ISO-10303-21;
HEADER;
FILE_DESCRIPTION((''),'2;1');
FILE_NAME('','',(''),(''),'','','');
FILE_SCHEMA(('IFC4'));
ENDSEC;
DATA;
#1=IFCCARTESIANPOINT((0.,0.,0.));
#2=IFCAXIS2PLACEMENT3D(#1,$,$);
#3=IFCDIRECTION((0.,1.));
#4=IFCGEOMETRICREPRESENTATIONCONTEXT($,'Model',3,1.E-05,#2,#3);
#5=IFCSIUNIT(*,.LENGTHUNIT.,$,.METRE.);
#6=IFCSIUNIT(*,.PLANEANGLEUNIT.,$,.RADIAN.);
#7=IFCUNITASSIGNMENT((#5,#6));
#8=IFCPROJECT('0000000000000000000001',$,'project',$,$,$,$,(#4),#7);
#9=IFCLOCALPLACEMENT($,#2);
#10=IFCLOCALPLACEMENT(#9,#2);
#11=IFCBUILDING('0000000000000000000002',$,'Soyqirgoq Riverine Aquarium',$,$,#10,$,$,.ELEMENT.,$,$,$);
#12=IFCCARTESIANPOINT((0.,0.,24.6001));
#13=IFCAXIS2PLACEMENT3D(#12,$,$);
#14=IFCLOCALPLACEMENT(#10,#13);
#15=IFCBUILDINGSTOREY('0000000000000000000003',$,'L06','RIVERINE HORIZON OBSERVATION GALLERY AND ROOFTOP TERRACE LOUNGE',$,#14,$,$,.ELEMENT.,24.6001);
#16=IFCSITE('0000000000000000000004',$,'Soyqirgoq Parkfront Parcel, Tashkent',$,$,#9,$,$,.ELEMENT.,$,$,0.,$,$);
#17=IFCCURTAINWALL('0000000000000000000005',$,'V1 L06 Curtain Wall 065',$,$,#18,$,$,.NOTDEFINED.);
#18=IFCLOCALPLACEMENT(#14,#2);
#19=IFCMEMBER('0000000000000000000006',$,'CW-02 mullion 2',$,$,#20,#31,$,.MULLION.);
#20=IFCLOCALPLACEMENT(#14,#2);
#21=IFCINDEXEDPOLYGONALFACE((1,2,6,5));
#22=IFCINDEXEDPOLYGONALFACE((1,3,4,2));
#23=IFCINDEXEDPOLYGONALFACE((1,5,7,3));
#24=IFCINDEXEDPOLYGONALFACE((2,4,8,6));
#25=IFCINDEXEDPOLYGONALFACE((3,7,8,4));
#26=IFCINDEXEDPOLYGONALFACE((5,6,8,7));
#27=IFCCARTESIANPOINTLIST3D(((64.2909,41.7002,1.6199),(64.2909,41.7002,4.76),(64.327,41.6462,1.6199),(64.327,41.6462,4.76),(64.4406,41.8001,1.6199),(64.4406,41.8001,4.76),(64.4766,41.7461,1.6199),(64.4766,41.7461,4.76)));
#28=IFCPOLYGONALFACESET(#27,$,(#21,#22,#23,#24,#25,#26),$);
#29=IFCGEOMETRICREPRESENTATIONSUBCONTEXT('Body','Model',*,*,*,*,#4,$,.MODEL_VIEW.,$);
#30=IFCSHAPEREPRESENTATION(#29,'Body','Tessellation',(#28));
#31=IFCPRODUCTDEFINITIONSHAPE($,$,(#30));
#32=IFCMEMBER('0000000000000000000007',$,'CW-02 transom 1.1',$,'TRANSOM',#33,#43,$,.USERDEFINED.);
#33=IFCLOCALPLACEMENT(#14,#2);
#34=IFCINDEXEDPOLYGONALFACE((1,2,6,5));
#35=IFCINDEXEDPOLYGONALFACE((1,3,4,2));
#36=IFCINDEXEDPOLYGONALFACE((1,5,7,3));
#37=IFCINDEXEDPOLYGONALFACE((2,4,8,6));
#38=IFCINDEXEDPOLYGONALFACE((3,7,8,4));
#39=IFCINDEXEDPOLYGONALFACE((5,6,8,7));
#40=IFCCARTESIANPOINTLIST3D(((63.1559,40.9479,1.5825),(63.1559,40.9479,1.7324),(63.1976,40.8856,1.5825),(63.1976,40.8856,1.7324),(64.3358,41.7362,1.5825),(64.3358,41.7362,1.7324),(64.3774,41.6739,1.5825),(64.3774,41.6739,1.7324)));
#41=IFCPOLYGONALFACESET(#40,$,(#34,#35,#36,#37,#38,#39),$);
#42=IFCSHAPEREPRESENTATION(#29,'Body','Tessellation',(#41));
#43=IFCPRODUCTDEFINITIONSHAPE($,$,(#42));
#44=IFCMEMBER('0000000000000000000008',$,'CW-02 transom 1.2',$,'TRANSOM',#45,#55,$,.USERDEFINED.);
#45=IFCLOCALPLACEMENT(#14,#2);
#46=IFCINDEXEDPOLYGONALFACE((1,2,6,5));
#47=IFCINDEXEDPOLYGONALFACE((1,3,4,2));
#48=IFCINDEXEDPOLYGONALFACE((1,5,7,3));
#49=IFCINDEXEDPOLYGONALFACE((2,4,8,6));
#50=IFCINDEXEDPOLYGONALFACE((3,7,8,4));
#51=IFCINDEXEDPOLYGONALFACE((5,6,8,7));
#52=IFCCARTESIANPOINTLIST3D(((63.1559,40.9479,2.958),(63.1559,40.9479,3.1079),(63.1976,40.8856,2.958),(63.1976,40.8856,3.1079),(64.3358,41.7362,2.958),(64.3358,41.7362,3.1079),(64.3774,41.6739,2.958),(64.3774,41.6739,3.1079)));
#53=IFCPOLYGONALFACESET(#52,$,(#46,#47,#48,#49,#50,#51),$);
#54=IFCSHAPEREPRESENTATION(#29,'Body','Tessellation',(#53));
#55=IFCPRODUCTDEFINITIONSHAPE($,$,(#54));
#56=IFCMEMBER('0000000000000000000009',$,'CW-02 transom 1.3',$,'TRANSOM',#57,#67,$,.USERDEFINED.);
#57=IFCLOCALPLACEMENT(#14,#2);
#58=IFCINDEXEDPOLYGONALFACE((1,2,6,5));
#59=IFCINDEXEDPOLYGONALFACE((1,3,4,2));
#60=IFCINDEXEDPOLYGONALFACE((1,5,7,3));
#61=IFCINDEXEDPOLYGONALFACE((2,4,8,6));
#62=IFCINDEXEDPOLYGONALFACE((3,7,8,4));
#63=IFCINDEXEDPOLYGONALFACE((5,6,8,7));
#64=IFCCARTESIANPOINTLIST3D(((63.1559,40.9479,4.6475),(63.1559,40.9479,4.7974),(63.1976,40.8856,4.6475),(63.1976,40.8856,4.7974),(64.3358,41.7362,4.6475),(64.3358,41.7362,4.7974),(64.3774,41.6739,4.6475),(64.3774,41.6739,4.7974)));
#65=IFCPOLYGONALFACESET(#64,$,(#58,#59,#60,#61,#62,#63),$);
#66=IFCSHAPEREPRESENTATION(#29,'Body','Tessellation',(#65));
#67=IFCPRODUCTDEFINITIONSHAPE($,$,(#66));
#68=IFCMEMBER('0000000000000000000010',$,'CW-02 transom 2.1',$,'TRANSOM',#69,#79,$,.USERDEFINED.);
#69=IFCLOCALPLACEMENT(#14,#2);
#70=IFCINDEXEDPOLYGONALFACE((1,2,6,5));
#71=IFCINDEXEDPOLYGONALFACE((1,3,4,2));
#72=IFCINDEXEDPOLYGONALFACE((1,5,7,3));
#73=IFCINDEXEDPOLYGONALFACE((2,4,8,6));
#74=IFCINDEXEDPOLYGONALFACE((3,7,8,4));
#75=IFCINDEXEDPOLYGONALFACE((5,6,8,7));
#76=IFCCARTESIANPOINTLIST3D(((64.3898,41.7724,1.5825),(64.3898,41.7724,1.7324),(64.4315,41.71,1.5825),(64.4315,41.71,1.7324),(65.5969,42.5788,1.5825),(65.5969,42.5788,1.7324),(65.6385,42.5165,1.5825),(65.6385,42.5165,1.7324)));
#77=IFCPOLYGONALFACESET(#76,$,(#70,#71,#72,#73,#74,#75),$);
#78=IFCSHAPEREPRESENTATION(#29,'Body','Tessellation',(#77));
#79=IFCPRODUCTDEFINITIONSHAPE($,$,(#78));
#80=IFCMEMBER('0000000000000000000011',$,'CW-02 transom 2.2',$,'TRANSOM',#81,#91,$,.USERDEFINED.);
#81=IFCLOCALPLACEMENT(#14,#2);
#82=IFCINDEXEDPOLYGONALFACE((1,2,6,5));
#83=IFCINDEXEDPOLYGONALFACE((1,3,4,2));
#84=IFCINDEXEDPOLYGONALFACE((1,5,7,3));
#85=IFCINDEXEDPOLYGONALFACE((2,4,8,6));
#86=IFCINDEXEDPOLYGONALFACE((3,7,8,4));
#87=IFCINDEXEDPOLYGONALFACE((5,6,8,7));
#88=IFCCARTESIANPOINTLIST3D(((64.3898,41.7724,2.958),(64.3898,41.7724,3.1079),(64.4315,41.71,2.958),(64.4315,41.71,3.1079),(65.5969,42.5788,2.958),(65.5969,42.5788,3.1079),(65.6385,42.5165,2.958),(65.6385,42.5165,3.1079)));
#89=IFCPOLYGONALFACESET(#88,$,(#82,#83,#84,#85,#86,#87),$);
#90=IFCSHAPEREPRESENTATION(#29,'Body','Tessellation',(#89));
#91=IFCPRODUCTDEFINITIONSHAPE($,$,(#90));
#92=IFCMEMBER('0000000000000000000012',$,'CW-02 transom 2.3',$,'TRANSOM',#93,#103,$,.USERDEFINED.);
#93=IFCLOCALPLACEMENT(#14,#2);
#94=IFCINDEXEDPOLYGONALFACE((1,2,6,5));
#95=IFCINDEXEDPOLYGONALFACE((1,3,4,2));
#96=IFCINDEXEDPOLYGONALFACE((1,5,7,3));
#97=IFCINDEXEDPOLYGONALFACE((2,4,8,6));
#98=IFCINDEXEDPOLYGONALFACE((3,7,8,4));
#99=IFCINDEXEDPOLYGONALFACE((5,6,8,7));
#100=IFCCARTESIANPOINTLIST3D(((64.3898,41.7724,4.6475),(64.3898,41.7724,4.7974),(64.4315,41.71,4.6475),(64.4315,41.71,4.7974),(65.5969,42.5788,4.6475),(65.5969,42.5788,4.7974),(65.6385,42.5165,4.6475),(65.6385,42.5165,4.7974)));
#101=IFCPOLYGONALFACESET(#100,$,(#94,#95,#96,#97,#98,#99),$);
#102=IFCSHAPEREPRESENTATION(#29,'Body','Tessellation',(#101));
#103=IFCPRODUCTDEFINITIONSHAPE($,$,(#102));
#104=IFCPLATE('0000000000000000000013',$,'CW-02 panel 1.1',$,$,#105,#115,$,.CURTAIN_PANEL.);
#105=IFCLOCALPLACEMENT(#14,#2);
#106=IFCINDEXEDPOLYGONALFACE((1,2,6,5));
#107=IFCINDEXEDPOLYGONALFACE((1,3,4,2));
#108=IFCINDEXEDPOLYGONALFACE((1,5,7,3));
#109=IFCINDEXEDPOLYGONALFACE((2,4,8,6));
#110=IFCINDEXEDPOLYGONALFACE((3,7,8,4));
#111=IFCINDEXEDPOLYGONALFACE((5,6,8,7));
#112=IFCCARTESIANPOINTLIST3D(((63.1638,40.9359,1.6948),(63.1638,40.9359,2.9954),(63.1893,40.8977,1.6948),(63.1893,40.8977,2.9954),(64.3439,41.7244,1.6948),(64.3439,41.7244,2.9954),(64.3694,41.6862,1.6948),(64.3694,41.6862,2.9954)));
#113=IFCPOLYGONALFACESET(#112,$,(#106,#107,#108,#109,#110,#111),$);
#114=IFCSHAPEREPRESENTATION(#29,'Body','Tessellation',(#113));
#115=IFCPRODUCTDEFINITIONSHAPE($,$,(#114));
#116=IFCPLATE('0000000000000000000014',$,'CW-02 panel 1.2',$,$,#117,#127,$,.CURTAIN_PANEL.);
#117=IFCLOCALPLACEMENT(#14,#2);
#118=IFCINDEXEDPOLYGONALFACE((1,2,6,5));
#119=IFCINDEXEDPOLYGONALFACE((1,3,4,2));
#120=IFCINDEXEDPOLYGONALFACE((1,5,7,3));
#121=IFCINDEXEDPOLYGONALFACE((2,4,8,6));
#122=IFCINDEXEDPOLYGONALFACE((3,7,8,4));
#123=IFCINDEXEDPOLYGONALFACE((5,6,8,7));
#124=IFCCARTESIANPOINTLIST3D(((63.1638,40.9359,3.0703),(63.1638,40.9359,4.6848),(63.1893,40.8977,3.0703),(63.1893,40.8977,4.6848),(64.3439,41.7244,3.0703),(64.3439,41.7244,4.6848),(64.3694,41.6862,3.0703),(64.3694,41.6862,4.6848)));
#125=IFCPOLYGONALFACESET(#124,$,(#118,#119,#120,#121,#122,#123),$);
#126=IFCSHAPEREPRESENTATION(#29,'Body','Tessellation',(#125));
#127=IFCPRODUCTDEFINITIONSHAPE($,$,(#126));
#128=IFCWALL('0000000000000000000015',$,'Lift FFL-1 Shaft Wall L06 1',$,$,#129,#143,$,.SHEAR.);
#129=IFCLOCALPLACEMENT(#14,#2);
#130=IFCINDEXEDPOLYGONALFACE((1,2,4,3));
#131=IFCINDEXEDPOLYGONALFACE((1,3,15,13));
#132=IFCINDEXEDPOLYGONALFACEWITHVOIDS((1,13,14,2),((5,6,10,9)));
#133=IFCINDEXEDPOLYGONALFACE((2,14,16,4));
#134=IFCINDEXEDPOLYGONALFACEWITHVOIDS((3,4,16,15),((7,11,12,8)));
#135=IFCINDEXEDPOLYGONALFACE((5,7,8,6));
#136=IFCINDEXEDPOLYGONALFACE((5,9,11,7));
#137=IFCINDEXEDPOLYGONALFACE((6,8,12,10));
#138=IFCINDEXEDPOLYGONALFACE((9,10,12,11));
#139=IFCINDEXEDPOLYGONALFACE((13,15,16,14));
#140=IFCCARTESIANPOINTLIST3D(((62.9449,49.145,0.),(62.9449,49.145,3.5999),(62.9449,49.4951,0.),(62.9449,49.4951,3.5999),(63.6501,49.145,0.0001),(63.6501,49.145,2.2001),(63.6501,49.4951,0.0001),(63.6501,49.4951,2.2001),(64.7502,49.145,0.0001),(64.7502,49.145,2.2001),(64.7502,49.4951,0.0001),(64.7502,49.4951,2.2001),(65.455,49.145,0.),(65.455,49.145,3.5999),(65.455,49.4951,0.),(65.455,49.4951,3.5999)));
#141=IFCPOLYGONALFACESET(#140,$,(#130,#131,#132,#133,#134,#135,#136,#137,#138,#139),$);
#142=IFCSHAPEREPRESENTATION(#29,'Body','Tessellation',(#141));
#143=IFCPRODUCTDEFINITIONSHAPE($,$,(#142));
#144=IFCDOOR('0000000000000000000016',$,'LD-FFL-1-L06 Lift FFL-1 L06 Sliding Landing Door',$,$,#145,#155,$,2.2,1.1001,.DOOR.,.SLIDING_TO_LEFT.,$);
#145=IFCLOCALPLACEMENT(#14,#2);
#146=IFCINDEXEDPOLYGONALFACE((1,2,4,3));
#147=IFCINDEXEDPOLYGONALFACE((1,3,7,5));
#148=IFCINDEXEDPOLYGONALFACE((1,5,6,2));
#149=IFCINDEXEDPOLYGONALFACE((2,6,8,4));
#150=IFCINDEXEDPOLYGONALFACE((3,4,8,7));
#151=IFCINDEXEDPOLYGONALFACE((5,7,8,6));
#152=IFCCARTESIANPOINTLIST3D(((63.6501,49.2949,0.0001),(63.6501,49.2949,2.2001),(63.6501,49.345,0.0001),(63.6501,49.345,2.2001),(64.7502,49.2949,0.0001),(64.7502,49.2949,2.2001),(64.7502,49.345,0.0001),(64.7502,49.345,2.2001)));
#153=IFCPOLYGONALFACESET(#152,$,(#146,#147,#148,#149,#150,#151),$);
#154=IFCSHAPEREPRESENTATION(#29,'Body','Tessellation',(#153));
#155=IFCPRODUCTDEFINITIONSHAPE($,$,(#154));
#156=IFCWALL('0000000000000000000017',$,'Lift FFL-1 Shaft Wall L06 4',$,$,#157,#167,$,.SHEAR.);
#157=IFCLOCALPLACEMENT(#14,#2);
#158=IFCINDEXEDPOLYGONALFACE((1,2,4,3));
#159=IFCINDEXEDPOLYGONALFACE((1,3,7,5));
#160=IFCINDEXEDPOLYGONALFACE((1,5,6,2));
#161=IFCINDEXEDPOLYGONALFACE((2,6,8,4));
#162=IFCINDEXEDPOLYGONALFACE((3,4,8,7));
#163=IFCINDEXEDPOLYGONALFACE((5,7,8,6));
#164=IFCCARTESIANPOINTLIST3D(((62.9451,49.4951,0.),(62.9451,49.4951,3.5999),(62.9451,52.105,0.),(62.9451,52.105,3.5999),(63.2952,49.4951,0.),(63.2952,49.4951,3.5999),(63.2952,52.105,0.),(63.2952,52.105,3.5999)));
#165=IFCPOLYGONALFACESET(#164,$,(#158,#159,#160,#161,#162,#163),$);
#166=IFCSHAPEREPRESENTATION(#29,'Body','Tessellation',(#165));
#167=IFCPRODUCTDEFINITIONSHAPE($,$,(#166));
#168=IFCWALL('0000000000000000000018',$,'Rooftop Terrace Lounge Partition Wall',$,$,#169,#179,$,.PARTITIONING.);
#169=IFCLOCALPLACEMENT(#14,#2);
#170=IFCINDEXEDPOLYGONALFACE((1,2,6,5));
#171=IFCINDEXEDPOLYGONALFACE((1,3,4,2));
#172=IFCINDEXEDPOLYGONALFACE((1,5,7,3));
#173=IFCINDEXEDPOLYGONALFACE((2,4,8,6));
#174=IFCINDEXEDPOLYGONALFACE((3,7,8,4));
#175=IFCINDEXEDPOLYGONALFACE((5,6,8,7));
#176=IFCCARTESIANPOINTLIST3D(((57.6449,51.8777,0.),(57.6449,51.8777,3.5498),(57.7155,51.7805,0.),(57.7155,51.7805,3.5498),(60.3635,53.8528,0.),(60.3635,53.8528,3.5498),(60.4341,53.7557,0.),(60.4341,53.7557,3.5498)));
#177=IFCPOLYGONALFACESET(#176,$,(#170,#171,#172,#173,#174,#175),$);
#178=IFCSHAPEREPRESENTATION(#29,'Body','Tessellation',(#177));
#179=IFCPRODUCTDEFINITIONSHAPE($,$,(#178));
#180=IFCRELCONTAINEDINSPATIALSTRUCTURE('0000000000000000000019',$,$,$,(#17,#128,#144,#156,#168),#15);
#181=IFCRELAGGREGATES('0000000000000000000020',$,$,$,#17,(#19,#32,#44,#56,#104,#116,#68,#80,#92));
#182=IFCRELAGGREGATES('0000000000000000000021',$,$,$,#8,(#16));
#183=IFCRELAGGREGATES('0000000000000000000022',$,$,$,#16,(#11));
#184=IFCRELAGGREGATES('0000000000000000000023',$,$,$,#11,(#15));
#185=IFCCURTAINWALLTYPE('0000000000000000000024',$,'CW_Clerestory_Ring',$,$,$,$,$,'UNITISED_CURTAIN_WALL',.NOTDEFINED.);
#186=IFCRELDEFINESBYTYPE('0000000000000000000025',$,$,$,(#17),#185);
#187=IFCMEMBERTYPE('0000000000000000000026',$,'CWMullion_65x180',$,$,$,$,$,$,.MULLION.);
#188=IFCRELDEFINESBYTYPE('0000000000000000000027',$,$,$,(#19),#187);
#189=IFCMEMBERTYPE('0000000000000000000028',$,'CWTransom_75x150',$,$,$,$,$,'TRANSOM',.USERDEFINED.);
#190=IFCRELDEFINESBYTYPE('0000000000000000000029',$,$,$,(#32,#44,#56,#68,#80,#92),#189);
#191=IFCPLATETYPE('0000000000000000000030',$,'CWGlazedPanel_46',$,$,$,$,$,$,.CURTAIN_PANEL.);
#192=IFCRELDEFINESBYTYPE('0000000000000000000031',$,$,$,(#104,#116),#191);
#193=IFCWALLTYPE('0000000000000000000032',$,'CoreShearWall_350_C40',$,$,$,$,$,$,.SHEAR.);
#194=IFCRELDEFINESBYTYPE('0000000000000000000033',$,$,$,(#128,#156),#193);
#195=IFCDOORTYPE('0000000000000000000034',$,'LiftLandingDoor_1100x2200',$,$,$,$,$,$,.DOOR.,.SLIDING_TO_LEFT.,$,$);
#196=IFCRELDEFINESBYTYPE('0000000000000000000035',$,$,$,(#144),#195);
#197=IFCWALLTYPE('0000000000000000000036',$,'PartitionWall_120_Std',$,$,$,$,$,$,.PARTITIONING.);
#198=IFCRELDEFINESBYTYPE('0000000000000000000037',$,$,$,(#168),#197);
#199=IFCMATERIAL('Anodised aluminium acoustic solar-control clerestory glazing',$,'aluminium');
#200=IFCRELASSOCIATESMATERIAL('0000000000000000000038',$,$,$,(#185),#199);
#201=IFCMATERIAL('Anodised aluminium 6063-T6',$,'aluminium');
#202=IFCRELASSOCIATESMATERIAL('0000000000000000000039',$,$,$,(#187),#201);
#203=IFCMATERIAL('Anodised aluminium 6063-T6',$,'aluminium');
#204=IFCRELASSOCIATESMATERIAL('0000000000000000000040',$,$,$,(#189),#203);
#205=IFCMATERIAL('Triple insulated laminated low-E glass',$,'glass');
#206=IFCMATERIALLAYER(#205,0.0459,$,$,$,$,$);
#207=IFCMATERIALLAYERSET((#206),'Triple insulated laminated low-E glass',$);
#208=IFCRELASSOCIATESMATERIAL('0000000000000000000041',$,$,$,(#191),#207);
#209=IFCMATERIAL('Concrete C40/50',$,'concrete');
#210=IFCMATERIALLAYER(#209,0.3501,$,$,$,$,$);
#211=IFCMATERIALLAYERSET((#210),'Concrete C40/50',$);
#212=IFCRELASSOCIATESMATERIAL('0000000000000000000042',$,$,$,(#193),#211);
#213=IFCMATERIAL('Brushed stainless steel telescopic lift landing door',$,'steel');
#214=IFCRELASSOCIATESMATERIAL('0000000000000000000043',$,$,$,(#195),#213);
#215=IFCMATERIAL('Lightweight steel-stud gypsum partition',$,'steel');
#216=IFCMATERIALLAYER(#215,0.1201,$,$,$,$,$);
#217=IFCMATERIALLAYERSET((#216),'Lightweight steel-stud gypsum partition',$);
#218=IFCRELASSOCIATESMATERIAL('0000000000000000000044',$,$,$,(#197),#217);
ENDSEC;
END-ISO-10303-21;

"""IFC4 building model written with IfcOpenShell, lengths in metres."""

from ifc_helpers import new_model, si_unit, direction, frame, frame_2d, origin, origin_2d, place, context, subcontext, project, spatial, rectangle, extrude, material, layer, layer_set, material_profile, profile_set, type_object, element, fill, aggregate, save


model = new_model("IFC4")

# Units and contexts
model_context = context("Model", 3, precision=1e-05, world=origin(), true_north=direction((0.0, 1.0)))
body_context = subcontext(model_context, "Body", "Model", "MODEL_VIEW")
ifc_project = project(units=[si_unit("LENGTHUNIT", "METRE"), si_unit("PLANEANGLEUNIT", "RADIAN")], contexts=[model_context])

# Site, building, storey
site_placement = place(None, origin())
site = spatial("IfcSite", under=ifc_project, at=site_placement, Name="Soyqirgoq Parkfront Parcel, Tashkent", CompositionType="ELEMENT", RefElevation=0.0)
building_placement = place(site_placement, origin())
building = spatial("IfcBuilding", under=site, at=building_placement, Name="Soyqirgoq Riverine Aquarium", CompositionType="ELEMENT")
storey_placement = place(building_placement, frame((0.0, 0.0, 24.6001)))
storey = spatial("IfcBuildingStorey", under=building, at=storey_placement, Name="L06", Description="RIVERINE HORIZON OBSERVATION GALLERY AND ROOFTOP TERRACE LOUNGE", CompositionType="ELEMENT", Elevation=24.6001)

# Curtain wall, members, plates
ifc_material_1 = material(Name="Anodised aluminium acoustic solar-control clerestory glazing", Category="aluminium")
curtain_wall_type = type_object("IfcCurtainWallType", Name="CW_Clerestory_Ring", ElementType="UNITISED_CURTAIN_WALL", PredefinedType="NOTDEFINED", material=ifc_material_1)
curtain_wall_placement = place(storey_placement, origin())
curtain_wall = element("IfcCurtainWall", 1, at=curtain_wall_placement, inside=storey, type_object=curtain_wall_type, Name="V1 L06 Curtain Wall 065", PredefinedType="NOTDEFINED")
ifc_material_2 = material(Name="Anodised aluminium 6063-T6", Category="aluminium")
ifc_material_profile_1 = material_profile(ifc_material_2, rectangle(XDim=0.0649, YDim=0.1799, at=origin_2d()), Name="ALU-M 65x180")
ifc_profile_set_1 = profile_set([ifc_material_profile_1], Name="Anodised aluminium 6063-T6")
member_type_1 = type_object("IfcMemberType", Name="CWMullion_65x180", PredefinedType="MULLION", material=ifc_profile_set_1)
member_1_placement = place(storey_placement, frame((64.3838, 41.7231, 1.6199), z_axis=(0.0, 0.0, 1.0), x_axis=(-0.555579, 0.831464, 0.0)))
member_1 = element("IfcMember", 2, at=member_1_placement, type_object=member_type_1, Name="CW-02 mullion 2", PredefinedType="MULLION", context=body_context, shape_type="SweptSolid", body=[
    extrude(rectangle(XDim=0.0649, YDim=0.1799, at=origin_2d()), origin(), (0.0, 0.0, 1.0), 3.1401),
])
ifc_material_3 = material(Name="Anodised aluminium 6063-T6", Category="aluminium")
ifc_material_profile_2 = material_profile(ifc_material_3, rectangle(XDim=0.075, YDim=0.1499, at=origin_2d()), Name="ALU-T 75x150")
ifc_profile_set_2 = profile_set([ifc_material_profile_2], Name="Anodised aluminium 6063-T6")
member_type_2 = type_object("IfcMemberType", Name="CWTransom_75x150", ElementType="TRANSOM", PredefinedType="USERDEFINED", material=ifc_profile_set_2)
member_2_placement = place(storey_placement, frame((63.1768, 40.9167, 1.6575), z_axis=(0.831494, 0.555534, 0.0), x_axis=(-0.555534, 0.831494, 0.0)))
member_2 = element("IfcMember", 3, at=member_2_placement, type_object=member_type_2, Name="CW-02 transom 1.1", ObjectType="TRANSOM", PredefinedType="USERDEFINED", context=body_context, shape_type="SweptSolid", body=[
    extrude(rectangle(XDim=0.075, YDim=0.1499, at=origin_2d()), origin(), (0.0, 0.0, 1.0), 1.4189),
])
member_3_placement = place(storey_placement, frame((63.1768, 40.9167, 3.033), z_axis=(0.831494, 0.555534, 0.0), x_axis=(-0.555534, 0.831494, 0.0)))
member_3 = element("IfcMember", 4, at=member_3_placement, type_object=member_type_2, Name="CW-02 transom 1.2", ObjectType="TRANSOM", PredefinedType="USERDEFINED", context=body_context, shape_type="SweptSolid", body=[
    extrude(rectangle(XDim=0.075, YDim=0.1499, at=origin_2d()), origin(), (0.0, 0.0, 1.0), 1.4189),
])
member_4_placement = place(storey_placement, frame((63.1768, 40.9167, 4.7224), z_axis=(0.831494, 0.555534, 0.0), x_axis=(-0.555534, 0.831494, 0.0)))
member_4 = element("IfcMember", 5, at=member_4_placement, type_object=member_type_2, Name="CW-02 transom 1.3", ObjectType="TRANSOM", PredefinedType="USERDEFINED", context=body_context, shape_type="SweptSolid", body=[
    extrude(rectangle(XDim=0.075, YDim=0.1499, at=origin_2d()), origin(), (0.0, 0.0, 1.0), 1.4189),
])
member_5_placement = place(storey_placement, frame((64.4106, 41.7412, 1.6575), z_axis=(0.831507, 0.555515, 0.0), x_axis=(-0.555515, 0.831507, 0.0)))
member_5 = element("IfcMember", 6, at=member_5_placement, type_object=member_type_2, Name="CW-02 transom 2.1", ObjectType="TRANSOM", PredefinedType="USERDEFINED", context=body_context, shape_type="SweptSolid", body=[
    extrude(rectangle(XDim=0.075, YDim=0.1499, at=origin_2d()), origin(), (0.0, 0.0, 1.0), 1.4517),
])
member_6_placement = place(storey_placement, frame((64.4106, 41.7412, 3.033), z_axis=(0.831507, 0.555515, 0.0), x_axis=(-0.555515, 0.831507, 0.0)))
member_6 = element("IfcMember", 7, at=member_6_placement, type_object=member_type_2, Name="CW-02 transom 2.2", ObjectType="TRANSOM", PredefinedType="USERDEFINED", context=body_context, shape_type="SweptSolid", body=[
    extrude(rectangle(XDim=0.075, YDim=0.1499, at=origin_2d()), origin(), (0.0, 0.0, 1.0), 1.4517),
])
member_7_placement = place(storey_placement, frame((64.4106, 41.7412, 4.7224), z_axis=(0.831507, 0.555515, 0.0), x_axis=(-0.555515, 0.831507, 0.0)))
member_7 = element("IfcMember", 8, at=member_7_placement, type_object=member_type_2, Name="CW-02 transom 2.3", ObjectType="TRANSOM", PredefinedType="USERDEFINED", context=body_context, shape_type="SweptSolid", body=[
    extrude(rectangle(XDim=0.075, YDim=0.1499, at=origin_2d()), origin(), (0.0, 0.0, 1.0), 1.4517),
])
ifc_material_4 = material(Name="Triple insulated laminated low-E glass", Category="glass")
ifc_layer_1 = layer(ifc_material_4, 0.0459)
ifc_layer_set_1 = layer_set([ifc_layer_1], Name="Triple insulated laminated low-E glass")
plate_type = type_object("IfcPlateType", Name="CWGlazedPanel_46", PredefinedType="CURTAIN_PANEL", material=ifc_layer_set_1)
plate_1_placement = place(storey_placement, frame((63.7666, 41.311, 1.6948), z_axis=(0.0, 0.0, 1.0), x_axis=(0.831464, 0.555579, 0.0)))
plate_1 = element("IfcPlate", 9, at=plate_1_placement, type_object=plate_type, Name="CW-02 panel 1.1", PredefinedType="CURTAIN_PANEL", context=body_context, shape_type="SweptSolid", body=[
    extrude(rectangle(XDim=1.4192, YDim=0.0459, at=origin_2d()), origin(), (0.0, 0.0, 1.0), 1.3005),
])
plate_2_placement = place(storey_placement, frame((63.7666, 41.311, 3.0703), z_axis=(0.0, 0.0, 1.0), x_axis=(0.831464, 0.555579, 0.0)))
plate_2 = element("IfcPlate", 10, at=plate_2_placement, type_object=plate_type, Name="CW-02 panel 1.2", PredefinedType="CURTAIN_PANEL", context=body_context, shape_type="SweptSolid", body=[
    extrude(rectangle(XDim=1.4192, YDim=0.0459, at=origin_2d()), origin(), (0.0, 0.0, 1.0), 1.6145),
])
aggregate(curtain_wall, [member_1, member_2, member_3, member_4, plate_1, plate_2, member_5, member_6, member_7])

# Wall, opening, door
ifc_material_5 = material(Name="Concrete C40/50", Category="concrete")
ifc_layer_2 = layer(ifc_material_5, 0.3501)
ifc_layer_set_2 = layer_set([ifc_layer_2], Name="Concrete C40/50")
wall_type_1 = type_object("IfcWallType", Name="CoreShearWall_350_C40", PredefinedType="SHEAR", material=ifc_layer_set_2)
wall_1_placement = place(storey_placement, frame((62.9451, 49.3201, 0.0), z_axis=(0.0, 0.0, 1.0), x_axis=(1.0, 0.0, 0.0)))
wall_1 = element("IfcWall", 11, at=wall_1_placement, inside=storey, type_object=wall_type_1, Name="Lift FFL-1 Shaft Wall L06 1", PredefinedType="SHEAR", context=body_context, shape_type="SweptSolid", body=[
    extrude(rectangle(XDim=2.51, YDim=0.3501, at=frame_2d((1.2549, 0.0))), origin(), (0.0, 0.0, 1.0), 3.5999),
])
opening_1_placement = place(wall_1_placement, frame((0.7051, 0.0, 0.0)))
opening_1 = element("IfcOpeningElement", 12, at=opening_1_placement, cuts=wall_1, PredefinedType="OPENING", context=body_context, shape_type="SweptSolid", body=[
    extrude(rectangle(XDim=1.1001, YDim=2.2, at=frame_2d((0.55, 1.1001))), frame((0.0, 0.1851, 0.0), z_axis=(0.0, -1.0, 0.0), x_axis=(1.0, 0.0, 0.0)), (0.0, 0.0, 1.0), 0.3701),
])
ifc_material_6 = material(Name="Brushed stainless steel telescopic lift landing door", Category="steel")
door_type_1 = type_object("IfcDoorType", Name="LiftLandingDoor_1100x2200", OperationType="SLIDING_TO_LEFT", PredefinedType="DOOR", material=ifc_material_6)
door_1_placement = place(opening_1_placement, origin())
door_1 = element("IfcDoor", 13, at=door_1_placement, inside=storey, type_object=door_type_1, Name="LD-FFL-1-L06 Lift FFL-1 L06 Sliding Landing Door", OperationType="SLIDING_TO_LEFT", OverallHeight=2.2, OverallWidth=1.1001, PredefinedType="DOOR", context=body_context, shape_type="SweptSolid", body=[
    extrude(rectangle(XDim=1.1001, YDim=2.2, at=frame_2d((0.55, 1.1001))), frame((0.0, 0.0249, 0.0), z_axis=(0.0, -1.0, 0.0), x_axis=(1.0, 0.0, 0.0)), (0.0, 0.0, 1.0), 0.05),
])
fill(opening_1, door_1)

# Walls
wall_2_placement = place(storey_placement, frame((63.1201, 52.105, 0.0), z_axis=(0.0, 0.0, 1.0), x_axis=(0.0, -1.0, 0.0)))
element("IfcWall", 14, at=wall_2_placement, inside=storey, type_object=wall_type_1, Name="Lift FFL-1 Shaft Wall L06 4", PredefinedType="SHEAR", context=body_context, shape_type="SweptSolid", body=[
    extrude(rectangle(XDim=2.6099, YDim=0.3501, at=frame_2d((1.3049, 0.0))), origin(), (0.0, 0.0, 1.0), 3.5999),
])
ifc_material_7 = material(Name="Lightweight steel-stud gypsum partition", Category="steel")
ifc_layer_3 = layer(ifc_material_7, 0.1201)
ifc_layer_set_3 = layer_set([ifc_layer_3], Name="Lightweight steel-stud gypsum partition")
wall_type_2 = type_object("IfcWallType", Name="PartitionWall_120_Std", PredefinedType="PARTITIONING", material=ifc_layer_set_3)
wall_3_placement = place(storey_placement, frame((57.6802, 51.8291, 0.0), z_axis=(0.0, 0.0, 1.0), x_axis=(0.809019, 0.587783, 0.0)))
element("IfcWall", 15, at=wall_3_placement, inside=storey, type_object=wall_type_2, Name="Rooftop Terrace Lounge Partition Wall", PredefinedType="PARTITIONING", context=body_context, shape_type="SweptSolid", body=[
    extrude(rectangle(XDim=3.3604, YDim=0.1201, at=frame_2d((1.6802, 0.0))), origin(), (0.0, 0.0, 1.0), 3.5498),
])

save(model, "model.ifc")
